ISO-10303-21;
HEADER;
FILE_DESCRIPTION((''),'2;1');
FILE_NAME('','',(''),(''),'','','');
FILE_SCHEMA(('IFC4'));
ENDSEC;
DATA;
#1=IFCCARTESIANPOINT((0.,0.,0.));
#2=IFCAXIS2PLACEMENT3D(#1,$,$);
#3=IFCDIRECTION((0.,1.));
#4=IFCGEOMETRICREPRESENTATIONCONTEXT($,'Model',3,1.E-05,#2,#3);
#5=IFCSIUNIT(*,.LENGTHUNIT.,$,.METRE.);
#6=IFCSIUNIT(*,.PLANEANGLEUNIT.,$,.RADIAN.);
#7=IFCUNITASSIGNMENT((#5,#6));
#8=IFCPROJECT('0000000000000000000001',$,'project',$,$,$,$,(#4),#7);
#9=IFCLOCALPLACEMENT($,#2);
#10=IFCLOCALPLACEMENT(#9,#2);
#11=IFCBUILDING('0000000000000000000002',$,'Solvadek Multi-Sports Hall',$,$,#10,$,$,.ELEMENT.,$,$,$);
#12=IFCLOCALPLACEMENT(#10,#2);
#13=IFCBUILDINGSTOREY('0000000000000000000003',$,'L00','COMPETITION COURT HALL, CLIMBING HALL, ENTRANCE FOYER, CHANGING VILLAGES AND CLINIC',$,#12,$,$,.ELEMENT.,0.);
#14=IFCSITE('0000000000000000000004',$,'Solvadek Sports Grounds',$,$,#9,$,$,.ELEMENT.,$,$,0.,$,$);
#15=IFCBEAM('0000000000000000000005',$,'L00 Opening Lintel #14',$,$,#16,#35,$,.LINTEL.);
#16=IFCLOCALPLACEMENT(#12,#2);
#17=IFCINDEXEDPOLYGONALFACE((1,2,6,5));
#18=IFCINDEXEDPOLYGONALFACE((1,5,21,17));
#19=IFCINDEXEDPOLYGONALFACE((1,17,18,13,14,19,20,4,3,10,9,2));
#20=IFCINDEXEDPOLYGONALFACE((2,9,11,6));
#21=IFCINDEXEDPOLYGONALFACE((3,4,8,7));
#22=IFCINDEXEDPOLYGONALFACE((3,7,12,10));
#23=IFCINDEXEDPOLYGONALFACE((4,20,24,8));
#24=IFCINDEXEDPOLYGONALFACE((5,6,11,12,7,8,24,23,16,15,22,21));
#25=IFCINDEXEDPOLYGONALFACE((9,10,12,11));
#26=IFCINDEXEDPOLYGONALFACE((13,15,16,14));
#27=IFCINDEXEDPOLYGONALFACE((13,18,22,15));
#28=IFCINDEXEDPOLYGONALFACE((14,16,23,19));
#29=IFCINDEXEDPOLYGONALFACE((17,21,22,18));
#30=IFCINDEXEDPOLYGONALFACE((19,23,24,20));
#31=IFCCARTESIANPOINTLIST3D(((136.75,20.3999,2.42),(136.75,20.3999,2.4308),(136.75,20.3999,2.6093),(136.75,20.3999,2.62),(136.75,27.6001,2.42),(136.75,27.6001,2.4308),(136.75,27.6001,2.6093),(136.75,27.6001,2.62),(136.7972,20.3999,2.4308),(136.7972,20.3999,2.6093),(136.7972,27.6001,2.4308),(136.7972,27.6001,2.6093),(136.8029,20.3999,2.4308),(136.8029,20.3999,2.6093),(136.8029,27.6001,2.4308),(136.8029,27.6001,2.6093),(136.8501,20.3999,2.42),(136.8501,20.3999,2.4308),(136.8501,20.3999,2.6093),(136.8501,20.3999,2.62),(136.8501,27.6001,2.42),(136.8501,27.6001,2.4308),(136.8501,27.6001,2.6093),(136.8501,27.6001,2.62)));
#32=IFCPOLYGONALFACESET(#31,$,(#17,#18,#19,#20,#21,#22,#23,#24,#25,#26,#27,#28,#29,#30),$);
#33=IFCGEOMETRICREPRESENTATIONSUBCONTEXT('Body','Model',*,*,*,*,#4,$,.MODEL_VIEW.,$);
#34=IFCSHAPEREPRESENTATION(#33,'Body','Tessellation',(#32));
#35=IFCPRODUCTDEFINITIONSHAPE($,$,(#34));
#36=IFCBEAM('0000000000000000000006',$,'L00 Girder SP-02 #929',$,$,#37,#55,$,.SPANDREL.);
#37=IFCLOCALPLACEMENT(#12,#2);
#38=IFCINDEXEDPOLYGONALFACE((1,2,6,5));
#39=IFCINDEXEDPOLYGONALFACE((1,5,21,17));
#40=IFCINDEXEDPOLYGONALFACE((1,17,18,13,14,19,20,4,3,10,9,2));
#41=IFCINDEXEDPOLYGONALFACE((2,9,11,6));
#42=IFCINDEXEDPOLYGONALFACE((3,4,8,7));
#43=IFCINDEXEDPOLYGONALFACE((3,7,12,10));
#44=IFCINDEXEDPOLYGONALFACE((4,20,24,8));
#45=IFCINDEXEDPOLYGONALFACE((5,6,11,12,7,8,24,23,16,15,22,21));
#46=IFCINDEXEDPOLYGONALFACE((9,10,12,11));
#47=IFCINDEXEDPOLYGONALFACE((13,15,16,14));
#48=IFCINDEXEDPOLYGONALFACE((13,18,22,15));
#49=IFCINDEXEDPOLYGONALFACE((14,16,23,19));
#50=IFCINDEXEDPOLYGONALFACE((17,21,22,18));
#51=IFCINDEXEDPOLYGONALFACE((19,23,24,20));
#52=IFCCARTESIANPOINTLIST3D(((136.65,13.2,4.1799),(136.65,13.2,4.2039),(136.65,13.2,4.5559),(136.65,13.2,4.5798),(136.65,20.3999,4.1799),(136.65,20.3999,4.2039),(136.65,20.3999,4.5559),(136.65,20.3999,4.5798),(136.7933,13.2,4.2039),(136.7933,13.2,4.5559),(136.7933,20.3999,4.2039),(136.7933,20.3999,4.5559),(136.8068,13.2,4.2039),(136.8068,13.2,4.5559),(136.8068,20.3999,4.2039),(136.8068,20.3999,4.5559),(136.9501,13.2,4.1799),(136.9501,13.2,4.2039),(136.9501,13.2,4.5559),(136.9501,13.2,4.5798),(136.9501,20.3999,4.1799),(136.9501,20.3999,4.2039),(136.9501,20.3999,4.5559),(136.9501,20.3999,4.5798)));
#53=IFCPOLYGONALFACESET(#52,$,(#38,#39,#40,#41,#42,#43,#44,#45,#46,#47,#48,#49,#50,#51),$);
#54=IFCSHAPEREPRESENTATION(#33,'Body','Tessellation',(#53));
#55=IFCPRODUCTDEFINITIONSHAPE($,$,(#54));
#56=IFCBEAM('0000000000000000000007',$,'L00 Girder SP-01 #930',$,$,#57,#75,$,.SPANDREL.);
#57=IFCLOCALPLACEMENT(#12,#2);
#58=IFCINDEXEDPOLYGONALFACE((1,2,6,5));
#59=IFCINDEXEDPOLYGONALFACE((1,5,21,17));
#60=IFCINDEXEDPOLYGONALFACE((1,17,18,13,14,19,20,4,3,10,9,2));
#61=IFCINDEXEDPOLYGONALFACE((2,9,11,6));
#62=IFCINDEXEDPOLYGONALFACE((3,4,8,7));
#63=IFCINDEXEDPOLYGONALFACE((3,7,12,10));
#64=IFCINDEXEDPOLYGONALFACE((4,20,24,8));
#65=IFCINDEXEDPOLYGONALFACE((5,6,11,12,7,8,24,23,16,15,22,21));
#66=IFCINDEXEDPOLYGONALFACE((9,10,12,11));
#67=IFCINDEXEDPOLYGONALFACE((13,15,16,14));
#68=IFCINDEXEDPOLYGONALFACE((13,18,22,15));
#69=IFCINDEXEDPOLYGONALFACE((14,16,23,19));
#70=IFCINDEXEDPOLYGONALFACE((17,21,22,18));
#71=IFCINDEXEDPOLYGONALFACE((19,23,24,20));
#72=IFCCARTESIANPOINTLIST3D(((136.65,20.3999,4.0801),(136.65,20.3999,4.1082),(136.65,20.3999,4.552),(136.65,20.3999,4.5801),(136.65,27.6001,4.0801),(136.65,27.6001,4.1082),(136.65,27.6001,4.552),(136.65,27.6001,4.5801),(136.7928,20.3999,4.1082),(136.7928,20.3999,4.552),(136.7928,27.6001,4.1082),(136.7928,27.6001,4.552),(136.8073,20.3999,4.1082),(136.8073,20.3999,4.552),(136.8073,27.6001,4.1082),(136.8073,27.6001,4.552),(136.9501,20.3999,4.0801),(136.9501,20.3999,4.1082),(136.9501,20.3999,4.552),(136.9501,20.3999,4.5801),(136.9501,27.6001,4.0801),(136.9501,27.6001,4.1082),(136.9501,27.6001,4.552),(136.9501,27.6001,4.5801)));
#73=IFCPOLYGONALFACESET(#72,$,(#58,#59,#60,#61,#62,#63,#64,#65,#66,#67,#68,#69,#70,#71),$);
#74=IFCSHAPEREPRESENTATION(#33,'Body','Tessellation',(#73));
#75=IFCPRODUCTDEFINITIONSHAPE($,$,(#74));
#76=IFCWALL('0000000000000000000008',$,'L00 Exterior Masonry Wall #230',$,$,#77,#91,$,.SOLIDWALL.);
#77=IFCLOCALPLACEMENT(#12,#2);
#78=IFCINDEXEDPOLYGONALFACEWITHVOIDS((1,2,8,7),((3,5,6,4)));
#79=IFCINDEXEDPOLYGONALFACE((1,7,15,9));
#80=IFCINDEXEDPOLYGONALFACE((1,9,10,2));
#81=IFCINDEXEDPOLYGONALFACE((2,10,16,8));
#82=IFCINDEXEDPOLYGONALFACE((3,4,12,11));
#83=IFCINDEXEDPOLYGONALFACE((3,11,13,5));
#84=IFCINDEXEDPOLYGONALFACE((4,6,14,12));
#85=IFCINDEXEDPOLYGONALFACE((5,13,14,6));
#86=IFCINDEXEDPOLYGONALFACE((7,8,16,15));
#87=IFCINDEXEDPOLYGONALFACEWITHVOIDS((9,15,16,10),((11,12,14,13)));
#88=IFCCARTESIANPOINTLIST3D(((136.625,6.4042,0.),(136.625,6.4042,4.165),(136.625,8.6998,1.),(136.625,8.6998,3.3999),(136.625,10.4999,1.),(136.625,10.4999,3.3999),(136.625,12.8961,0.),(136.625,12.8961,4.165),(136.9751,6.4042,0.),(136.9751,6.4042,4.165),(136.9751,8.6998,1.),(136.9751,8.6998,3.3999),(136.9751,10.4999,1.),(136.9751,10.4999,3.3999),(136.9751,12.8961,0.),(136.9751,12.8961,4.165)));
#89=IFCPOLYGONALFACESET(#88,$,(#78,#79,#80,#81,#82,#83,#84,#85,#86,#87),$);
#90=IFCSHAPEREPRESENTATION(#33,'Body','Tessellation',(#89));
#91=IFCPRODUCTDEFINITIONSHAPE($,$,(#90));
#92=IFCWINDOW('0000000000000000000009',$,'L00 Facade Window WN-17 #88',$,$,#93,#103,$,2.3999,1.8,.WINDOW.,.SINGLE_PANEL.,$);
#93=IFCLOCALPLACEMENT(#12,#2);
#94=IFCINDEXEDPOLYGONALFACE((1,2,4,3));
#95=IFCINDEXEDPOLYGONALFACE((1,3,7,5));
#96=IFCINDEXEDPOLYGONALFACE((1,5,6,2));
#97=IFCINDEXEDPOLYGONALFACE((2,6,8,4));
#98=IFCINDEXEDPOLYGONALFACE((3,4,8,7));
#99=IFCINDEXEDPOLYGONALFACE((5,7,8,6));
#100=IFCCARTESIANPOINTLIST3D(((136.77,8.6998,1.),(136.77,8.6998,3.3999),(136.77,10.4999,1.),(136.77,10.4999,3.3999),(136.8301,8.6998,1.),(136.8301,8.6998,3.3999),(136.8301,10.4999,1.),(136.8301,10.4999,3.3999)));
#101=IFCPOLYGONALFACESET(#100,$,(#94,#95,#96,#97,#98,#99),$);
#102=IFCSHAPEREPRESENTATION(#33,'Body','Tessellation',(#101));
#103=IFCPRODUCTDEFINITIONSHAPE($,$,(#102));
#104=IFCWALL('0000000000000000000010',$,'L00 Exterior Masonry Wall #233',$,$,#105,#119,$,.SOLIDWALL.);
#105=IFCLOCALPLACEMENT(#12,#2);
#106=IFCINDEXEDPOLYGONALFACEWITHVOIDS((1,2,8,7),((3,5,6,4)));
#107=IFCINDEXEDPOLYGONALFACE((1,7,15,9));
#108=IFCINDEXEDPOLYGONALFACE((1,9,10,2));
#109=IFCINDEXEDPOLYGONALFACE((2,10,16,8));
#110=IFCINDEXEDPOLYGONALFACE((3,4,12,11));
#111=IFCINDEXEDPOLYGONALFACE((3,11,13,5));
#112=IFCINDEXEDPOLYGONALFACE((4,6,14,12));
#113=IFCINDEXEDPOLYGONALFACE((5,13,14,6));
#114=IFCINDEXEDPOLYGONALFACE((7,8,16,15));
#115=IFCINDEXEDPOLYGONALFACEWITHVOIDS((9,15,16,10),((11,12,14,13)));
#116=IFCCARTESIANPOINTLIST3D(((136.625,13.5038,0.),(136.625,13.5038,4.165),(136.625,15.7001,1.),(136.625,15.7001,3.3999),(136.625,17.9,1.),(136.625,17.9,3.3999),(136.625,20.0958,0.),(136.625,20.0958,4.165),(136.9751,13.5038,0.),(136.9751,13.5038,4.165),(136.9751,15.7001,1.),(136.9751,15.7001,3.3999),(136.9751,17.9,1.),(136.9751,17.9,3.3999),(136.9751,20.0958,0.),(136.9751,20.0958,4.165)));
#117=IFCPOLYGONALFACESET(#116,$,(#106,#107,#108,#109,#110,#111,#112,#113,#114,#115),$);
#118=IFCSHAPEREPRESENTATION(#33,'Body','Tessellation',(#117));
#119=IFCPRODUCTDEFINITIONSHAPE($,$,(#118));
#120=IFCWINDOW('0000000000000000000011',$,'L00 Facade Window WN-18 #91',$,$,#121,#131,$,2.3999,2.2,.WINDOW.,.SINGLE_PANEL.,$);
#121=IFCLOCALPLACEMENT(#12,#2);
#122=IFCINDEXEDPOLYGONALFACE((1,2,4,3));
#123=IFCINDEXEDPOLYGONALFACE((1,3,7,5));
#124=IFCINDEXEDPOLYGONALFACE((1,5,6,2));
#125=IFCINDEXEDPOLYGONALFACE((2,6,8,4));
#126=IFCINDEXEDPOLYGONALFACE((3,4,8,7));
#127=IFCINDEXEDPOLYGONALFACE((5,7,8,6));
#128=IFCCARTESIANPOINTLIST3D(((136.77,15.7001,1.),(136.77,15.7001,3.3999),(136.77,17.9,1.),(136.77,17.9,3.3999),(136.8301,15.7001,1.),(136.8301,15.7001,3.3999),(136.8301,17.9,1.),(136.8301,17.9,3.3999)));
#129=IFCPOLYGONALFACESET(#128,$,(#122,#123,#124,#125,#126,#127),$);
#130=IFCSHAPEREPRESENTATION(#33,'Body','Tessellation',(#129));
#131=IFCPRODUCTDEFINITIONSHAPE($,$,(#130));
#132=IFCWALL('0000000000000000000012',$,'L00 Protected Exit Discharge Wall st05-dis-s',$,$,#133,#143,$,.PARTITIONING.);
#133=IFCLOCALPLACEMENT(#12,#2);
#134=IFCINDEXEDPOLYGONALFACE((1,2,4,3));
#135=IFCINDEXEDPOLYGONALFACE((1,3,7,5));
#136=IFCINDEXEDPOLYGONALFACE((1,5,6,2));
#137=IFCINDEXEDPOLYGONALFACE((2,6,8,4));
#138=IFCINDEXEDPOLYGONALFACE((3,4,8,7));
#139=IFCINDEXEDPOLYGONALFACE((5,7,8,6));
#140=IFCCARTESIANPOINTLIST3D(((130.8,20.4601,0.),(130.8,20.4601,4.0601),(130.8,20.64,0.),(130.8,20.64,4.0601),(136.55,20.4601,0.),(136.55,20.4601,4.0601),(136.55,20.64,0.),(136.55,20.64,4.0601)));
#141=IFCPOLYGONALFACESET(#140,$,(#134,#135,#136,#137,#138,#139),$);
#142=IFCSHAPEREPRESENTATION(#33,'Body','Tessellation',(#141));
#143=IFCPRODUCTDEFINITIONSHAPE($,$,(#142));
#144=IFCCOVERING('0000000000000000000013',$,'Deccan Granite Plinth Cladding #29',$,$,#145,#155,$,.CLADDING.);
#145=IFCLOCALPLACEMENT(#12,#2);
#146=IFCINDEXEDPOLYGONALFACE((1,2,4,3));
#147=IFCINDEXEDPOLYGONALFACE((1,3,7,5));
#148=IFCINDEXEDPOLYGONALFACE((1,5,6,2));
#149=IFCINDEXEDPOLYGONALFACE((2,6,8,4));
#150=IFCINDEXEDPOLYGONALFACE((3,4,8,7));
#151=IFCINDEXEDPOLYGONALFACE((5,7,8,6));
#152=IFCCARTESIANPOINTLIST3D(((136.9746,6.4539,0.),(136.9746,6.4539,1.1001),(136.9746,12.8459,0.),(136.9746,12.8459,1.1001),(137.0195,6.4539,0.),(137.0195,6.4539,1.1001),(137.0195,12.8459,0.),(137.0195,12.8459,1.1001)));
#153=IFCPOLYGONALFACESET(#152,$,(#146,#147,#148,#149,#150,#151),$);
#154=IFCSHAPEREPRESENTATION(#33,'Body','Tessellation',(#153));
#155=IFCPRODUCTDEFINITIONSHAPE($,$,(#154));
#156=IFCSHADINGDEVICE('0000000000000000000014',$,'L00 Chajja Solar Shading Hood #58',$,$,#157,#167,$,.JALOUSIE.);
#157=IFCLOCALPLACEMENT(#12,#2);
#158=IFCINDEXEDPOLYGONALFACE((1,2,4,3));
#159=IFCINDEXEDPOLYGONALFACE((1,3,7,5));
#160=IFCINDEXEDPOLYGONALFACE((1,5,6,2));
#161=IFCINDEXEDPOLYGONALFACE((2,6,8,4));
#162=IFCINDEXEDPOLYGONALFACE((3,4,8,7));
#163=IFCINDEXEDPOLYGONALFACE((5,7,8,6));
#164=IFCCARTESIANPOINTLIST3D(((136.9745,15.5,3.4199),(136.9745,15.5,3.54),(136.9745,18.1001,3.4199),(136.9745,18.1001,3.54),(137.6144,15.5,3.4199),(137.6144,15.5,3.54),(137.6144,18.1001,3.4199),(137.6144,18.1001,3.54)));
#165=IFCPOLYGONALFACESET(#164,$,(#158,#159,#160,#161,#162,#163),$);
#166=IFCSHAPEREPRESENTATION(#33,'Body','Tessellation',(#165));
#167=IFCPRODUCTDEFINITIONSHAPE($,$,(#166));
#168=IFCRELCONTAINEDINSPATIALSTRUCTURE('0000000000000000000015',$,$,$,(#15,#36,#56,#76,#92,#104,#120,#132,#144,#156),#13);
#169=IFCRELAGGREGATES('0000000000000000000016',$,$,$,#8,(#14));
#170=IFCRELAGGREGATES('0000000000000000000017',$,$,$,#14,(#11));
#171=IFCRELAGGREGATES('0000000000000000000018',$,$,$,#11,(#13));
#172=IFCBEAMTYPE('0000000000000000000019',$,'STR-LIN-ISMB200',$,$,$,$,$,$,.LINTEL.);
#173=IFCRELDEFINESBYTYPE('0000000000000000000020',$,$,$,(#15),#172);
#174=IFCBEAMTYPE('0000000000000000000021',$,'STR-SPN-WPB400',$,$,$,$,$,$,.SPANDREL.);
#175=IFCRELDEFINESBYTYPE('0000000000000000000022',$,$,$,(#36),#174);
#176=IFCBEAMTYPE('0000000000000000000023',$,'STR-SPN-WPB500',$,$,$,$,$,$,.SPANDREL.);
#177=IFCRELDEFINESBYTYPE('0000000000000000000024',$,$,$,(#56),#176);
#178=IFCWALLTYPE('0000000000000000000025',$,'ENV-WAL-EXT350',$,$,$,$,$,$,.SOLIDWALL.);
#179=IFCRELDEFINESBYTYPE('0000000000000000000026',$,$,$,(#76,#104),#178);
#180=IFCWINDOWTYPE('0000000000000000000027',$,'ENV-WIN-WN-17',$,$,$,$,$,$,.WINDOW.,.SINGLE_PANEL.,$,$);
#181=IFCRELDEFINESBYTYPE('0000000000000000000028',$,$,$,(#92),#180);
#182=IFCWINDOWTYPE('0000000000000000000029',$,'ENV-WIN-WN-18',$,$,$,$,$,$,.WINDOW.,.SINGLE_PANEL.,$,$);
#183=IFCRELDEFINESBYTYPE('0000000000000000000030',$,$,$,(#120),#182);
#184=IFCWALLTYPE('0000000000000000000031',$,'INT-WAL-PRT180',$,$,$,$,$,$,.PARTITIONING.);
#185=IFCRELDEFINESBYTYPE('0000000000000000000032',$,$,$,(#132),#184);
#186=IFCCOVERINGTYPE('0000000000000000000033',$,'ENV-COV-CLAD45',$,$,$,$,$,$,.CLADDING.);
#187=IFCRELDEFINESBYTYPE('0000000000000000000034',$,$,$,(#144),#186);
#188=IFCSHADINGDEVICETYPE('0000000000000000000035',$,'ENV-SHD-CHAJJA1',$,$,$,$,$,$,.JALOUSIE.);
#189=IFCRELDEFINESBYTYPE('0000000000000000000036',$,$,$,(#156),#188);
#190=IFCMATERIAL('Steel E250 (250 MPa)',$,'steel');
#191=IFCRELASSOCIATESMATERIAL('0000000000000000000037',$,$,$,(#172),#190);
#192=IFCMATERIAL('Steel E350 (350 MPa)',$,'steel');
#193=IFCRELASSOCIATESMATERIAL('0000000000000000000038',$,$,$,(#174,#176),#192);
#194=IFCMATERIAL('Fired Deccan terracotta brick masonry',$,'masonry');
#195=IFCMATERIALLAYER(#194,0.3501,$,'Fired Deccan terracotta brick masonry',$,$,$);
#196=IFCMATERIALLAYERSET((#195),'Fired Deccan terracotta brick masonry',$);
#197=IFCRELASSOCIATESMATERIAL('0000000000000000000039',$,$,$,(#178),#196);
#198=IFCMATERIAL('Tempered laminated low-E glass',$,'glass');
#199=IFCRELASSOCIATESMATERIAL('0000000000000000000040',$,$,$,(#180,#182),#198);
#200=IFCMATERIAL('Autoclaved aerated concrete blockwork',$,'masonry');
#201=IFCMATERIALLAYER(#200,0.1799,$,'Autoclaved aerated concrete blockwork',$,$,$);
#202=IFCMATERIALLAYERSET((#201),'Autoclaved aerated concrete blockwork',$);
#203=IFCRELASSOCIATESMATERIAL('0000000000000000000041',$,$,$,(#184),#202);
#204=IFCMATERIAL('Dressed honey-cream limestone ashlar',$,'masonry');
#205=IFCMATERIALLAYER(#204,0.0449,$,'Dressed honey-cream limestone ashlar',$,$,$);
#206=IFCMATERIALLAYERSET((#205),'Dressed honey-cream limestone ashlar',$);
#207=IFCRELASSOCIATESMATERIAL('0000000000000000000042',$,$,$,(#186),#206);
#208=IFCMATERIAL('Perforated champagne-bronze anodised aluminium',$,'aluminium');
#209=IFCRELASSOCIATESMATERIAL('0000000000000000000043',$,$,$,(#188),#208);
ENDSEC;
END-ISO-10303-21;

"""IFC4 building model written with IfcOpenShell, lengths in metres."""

from ifc_helpers import new_model, si_unit, direction, frame, frame_2d, origin, origin_2d, place, context, subcontext, project, spatial, rectangle, i_section, extrude, material, layer, layer_set, material_profile, profile_set, type_object, element, fill, save


model = new_model("IFC4")

# Units and contexts
model_context = context("Model", 3, precision=1e-05, world=origin(), true_north=direction((0.0, 1.0)))
body_context = subcontext(model_context, "Body", "Model", "MODEL_VIEW")
ifc_project = project(units=[si_unit("LENGTHUNIT", "METRE"), si_unit("PLANEANGLEUNIT", "RADIAN")], contexts=[model_context])

# Site, building, storey
site_placement = place(None, origin())
site = spatial("IfcSite", under=ifc_project, at=site_placement, Name="Solvadek Sports Grounds", CompositionType="ELEMENT", RefElevation=0.0)
building_placement = place(site_placement, origin())
building = spatial("IfcBuilding", under=site, at=building_placement, Name="Solvadek Multi-Sports Hall", CompositionType="ELEMENT")
storey_placement = place(building_placement, origin())
storey = spatial("IfcBuildingStorey", under=building, at=storey_placement, Name="L00", Description="COMPETITION COURT HALL, CLIMBING HALL, ENTRANCE FOYER, CHANGING VILLAGES AND CLINIC", CompositionType="ELEMENT", Elevation=0.0)

# Shared definitions
ifc_material_1 = material(Name="Steel E350 (350 MPa)", Category="steel")

# Beams
ifc_material_2 = material(Name="Steel E250 (250 MPa)", Category="steel")
ifc_material_profile_1 = material_profile(ifc_material_2, i_section(OverallWidth=0.1001, OverallDepth=0.2, WebThickness=0.0056, FlangeThickness=0.0107, at=origin_2d()), Name="ISMB 200")
ifc_profile_set_1 = profile_set([ifc_material_profile_1], Name="Steel E250 (250 MPa)")
beam_type_1 = type_object("IfcBeamType", Name="STR-LIN-ISMB200", PredefinedType="LINTEL", material=ifc_profile_set_1)
beam_1_placement = place(storey_placement, frame((136.8, 20.3999, 2.52), z_axis=(0.0, 1.0, 0.0), x_axis=(-1.0, 0.0, 0.0)))
element("IfcBeam", 1, at=beam_1_placement, inside=storey, type_object=beam_type_1, Name="L00 Opening Lintel #14", PredefinedType="LINTEL", context=body_context, shape_type="SweptSolid", body=[
    extrude(i_section(OverallWidth=0.1001, OverallDepth=0.2, WebThickness=0.0056, FlangeThickness=0.0107, at=origin_2d()), origin(), (0.0, 0.0, 1.0), 7.2002),
])
ifc_material_profile_2 = material_profile(ifc_material_1, i_section(OverallWidth=0.3, OverallDepth=0.3999, WebThickness=0.0134, FlangeThickness=0.0239, at=origin_2d()), Name="WPB 400")
ifc_profile_set_2 = profile_set([ifc_material_profile_2], Name="Steel E350 (350 MPa)")
beam_type_2 = type_object("IfcBeamType", Name="STR-SPN-WPB400", PredefinedType="SPANDREL", material=ifc_profile_set_2)
beam_2_placement = place(storey_placement, frame((136.8, 13.2, 4.3799), z_axis=(0.0, 1.0, 0.0), x_axis=(-1.0, 0.0, 0.0)))
element("IfcBeam", 2, at=beam_2_placement, inside=storey, type_object=beam_type_2, Name="L00 Girder SP-02 #929", PredefinedType="SPANDREL", context=body_context, shape_type="SweptSolid", body=[
    extrude(i_section(OverallWidth=0.3, OverallDepth=0.3999, WebThickness=0.0134, FlangeThickness=0.0239, at=origin_2d()), origin(), (0.0, 0.0, 1.0), 7.2),
])
ifc_material_profile_3 = material_profile(ifc_material_1, i_section(OverallWidth=0.3, OverallDepth=0.5, WebThickness=0.0144, FlangeThickness=0.0281, at=origin_2d()), Name="WPB 500")
ifc_profile_set_3 = profile_set([ifc_material_profile_3], Name="Steel E350 (350 MPa)")
beam_type_3 = type_object("IfcBeamType", Name="STR-SPN-WPB500", PredefinedType="SPANDREL", material=ifc_profile_set_3)
beam_3_placement = place(storey_placement, frame((136.8, 20.3999, 4.3301), z_axis=(0.0, 1.0, 0.0), x_axis=(-1.0, 0.0, 0.0)))
element("IfcBeam", 3, at=beam_3_placement, inside=storey, type_object=beam_type_3, Name="L00 Girder SP-01 #930", PredefinedType="SPANDREL", context=body_context, shape_type="SweptSolid", body=[
    extrude(i_section(OverallWidth=0.3, OverallDepth=0.5, WebThickness=0.0144, FlangeThickness=0.0281, at=origin_2d()), origin(), (0.0, 0.0, 1.0), 7.2002),
])

# Walls, openings, windows
ifc_material_3 = material(Name="Fired Deccan terracotta brick masonry", Category="masonry")
ifc_layer_1 = layer(ifc_material_3, 0.3501, Name="Fired Deccan terracotta brick masonry")
ifc_layer_set_1 = layer_set([ifc_layer_1], Name="Fired Deccan terracotta brick masonry")
wall_type_1 = type_object("IfcWallType", Name="ENV-WAL-EXT350", PredefinedType="SOLIDWALL", material=ifc_layer_set_1)
wall_1_placement = place(storey_placement, frame((136.8, 6.4041, 0.0), z_axis=(0.0, 0.0, 1.0), x_axis=(0.0, 1.0, 0.0)))
wall_1 = element("IfcWall", 4, at=wall_1_placement, inside=storey, type_object=wall_type_1, Name="L00 Exterior Masonry Wall #230", PredefinedType="SOLIDWALL", context=body_context, shape_type="SweptSolid", body=[
    extrude(rectangle(XDim=6.4919, YDim=0.3501, at=frame_2d((3.2461, 0.0))), origin(), (0.0, 0.0, 1.0), 4.165),
])
opening_1_placement = place(wall_1_placement, frame((2.2959, 0.0, 1.0)))
opening_1 = element("IfcOpeningElement", 5, at=opening_1_placement, cuts=wall_1, PredefinedType="OPENING", context=body_context, shape_type="SweptSolid", body=[
    extrude(rectangle(XDim=1.8, YDim=2.3999, at=frame_2d((0.8999, 1.2))), frame((0.0, 0.1851, 0.0), z_axis=(0.0, -1.0, 0.0), x_axis=(1.0, 0.0, 0.0)), (0.0, 0.0, 1.0), 0.3701),
])
ifc_material_4 = material(Name="Tempered laminated low-E glass", Category="glass")
window_type_1 = type_object("IfcWindowType", Name="ENV-WIN-WN-17", PartitioningType="SINGLE_PANEL", PredefinedType="WINDOW", material=ifc_material_4)
window_1_placement = place(opening_1_placement, origin())
window_1 = element("IfcWindow", 6, at=window_1_placement, inside=storey, type_object=window_type_1, Name="L00 Facade Window WN-17 #88", OverallHeight=2.3999, OverallWidth=1.8, PartitioningType="SINGLE_PANEL", PredefinedType="WINDOW", context=body_context, shape_type="SweptSolid", body=[
    extrude(rectangle(XDim=1.8, YDim=2.3999, at=frame_2d((0.8999, 1.2))), frame((0.0, 0.03, 0.0), z_axis=(0.0, -1.0, 0.0), x_axis=(1.0, 0.0, 0.0)), (0.0, 0.0, 1.0), 0.0601),
])
fill(opening_1, window_1)
wall_2_placement = place(storey_placement, frame((136.8, 13.5039, 0.0), z_axis=(0.0, 0.0, 1.0), x_axis=(0.0, 1.0, 0.0)))
wall_2 = element("IfcWall", 7, at=wall_2_placement, inside=storey, type_object=wall_type_1, Name="L00 Exterior Masonry Wall #233", PredefinedType="SOLIDWALL", context=body_context, shape_type="SweptSolid", body=[
    extrude(rectangle(XDim=6.592, YDim=0.3501, at=frame_2d((3.2959, 0.0))), origin(), (0.0, 0.0, 1.0), 4.165),
])
opening_2_placement = place(wall_2_placement, frame((2.196, 0.0, 1.0)))
opening_2 = element("IfcOpeningElement", 8, at=opening_2_placement, cuts=wall_2, PredefinedType="OPENING", context=body_context, shape_type="SweptSolid", body=[
    extrude(rectangle(XDim=2.2, YDim=2.3999, at=frame_2d((1.1001, 1.2))), frame((0.0, 0.1851, 0.0), z_axis=(0.0, -1.0, 0.0), x_axis=(1.0, 0.0, 0.0)), (0.0, 0.0, 1.0), 0.3701),
])
window_type_2 = type_object("IfcWindowType", Name="ENV-WIN-WN-18", PartitioningType="SINGLE_PANEL", PredefinedType="WINDOW", material=ifc_material_4)
window_2_placement = place(opening_2_placement, origin())
window_2 = element("IfcWindow", 9, at=window_2_placement, inside=storey, type_object=window_type_2, Name="L00 Facade Window WN-18 #91", OverallHeight=2.3999, OverallWidth=2.2, PartitioningType="SINGLE_PANEL", PredefinedType="WINDOW", context=body_context, shape_type="SweptSolid", body=[
    extrude(rectangle(XDim=2.2, YDim=2.3999, at=frame_2d((1.1001, 1.2))), frame((0.0, 0.03, 0.0), z_axis=(0.0, -1.0, 0.0), x_axis=(1.0, 0.0, 0.0)), (0.0, 0.0, 1.0), 0.0601),
])
fill(opening_2, window_2)

# Wall
ifc_material_5 = material(Name="Autoclaved aerated concrete blockwork", Category="masonry")
ifc_layer_2 = layer(ifc_material_5, 0.1799, Name="Autoclaved aerated concrete blockwork")
ifc_layer_set_2 = layer_set([ifc_layer_2], Name="Autoclaved aerated concrete blockwork")
wall_type_2 = type_object("IfcWallType", Name="INT-WAL-PRT180", PredefinedType="PARTITIONING", material=ifc_layer_set_2)
wall_3_placement = place(storey_placement, frame((130.8, 20.55, 0.0), z_axis=(0.0, 0.0, 1.0), x_axis=(1.0, 0.0, 0.0)))
element("IfcWall", 10, at=wall_3_placement, inside=storey, type_object=wall_type_2, Name="L00 Protected Exit Discharge Wall st05-dis-s", PredefinedType="PARTITIONING", context=body_context, shape_type="SweptSolid", body=[
    extrude(rectangle(XDim=5.75, YDim=0.1799, at=frame_2d((2.875, 0.0))), origin(), (0.0, 0.0, 1.0), 4.0601),
])

# Covering
ifc_material_6 = material(Name="Dressed honey-cream limestone ashlar", Category="masonry")
ifc_layer_3 = layer(ifc_material_6, 0.0449, Name="Dressed honey-cream limestone ashlar")
ifc_layer_set_3 = layer_set([ifc_layer_3], Name="Dressed honey-cream limestone ashlar")
covering_type = type_object("IfcCoveringType", Name="ENV-COV-CLAD45", PredefinedType="CLADDING", material=ifc_layer_set_3)
covering_placement = place(storey_placement, frame((136.9971, 9.6499, 0.0), z_axis=(0.0, 0.0, 1.0), x_axis=(0.0, 1.0, 0.0)))
element("IfcCovering", 11, at=covering_placement, inside=storey, type_object=covering_type, Name="Deccan Granite Plinth Cladding #29", PredefinedType="CLADDING", context=body_context, shape_type="SweptSolid", body=[
    extrude(rectangle(XDim=6.3921, YDim=0.0449, at=origin_2d()), origin(), (0.0, 0.0, 1.0), 1.1001),
])

# Shading device
ifc_material_7 = material(Name="Perforated champagne-bronze anodised aluminium", Category="aluminium")
shading_device_type_1 = type_object("IfcShadingDeviceType", Name="ENV-SHD-CHAJJA1", PredefinedType="JALOUSIE", material=ifc_material_7)
shading_device_1_placement = place(storey_placement, frame((137.2944, 16.8, 3.4199), z_axis=(0.0, 0.0, 1.0), x_axis=(0.0, 1.0, 0.0)))
element("IfcShadingDevice", 12, at=shading_device_1_placement, inside=storey, type_object=shading_device_type_1, Name="L00 Chajja Solar Shading Hood #58", PredefinedType="JALOUSIE", context=body_context, shape_type="SweptSolid", body=[
    extrude(rectangle(XDim=2.6001, YDim=0.6399, at=origin_2d()), origin(), (0.0, 0.0, 1.0), 0.1201),
])

save(model, "model.ifc")
